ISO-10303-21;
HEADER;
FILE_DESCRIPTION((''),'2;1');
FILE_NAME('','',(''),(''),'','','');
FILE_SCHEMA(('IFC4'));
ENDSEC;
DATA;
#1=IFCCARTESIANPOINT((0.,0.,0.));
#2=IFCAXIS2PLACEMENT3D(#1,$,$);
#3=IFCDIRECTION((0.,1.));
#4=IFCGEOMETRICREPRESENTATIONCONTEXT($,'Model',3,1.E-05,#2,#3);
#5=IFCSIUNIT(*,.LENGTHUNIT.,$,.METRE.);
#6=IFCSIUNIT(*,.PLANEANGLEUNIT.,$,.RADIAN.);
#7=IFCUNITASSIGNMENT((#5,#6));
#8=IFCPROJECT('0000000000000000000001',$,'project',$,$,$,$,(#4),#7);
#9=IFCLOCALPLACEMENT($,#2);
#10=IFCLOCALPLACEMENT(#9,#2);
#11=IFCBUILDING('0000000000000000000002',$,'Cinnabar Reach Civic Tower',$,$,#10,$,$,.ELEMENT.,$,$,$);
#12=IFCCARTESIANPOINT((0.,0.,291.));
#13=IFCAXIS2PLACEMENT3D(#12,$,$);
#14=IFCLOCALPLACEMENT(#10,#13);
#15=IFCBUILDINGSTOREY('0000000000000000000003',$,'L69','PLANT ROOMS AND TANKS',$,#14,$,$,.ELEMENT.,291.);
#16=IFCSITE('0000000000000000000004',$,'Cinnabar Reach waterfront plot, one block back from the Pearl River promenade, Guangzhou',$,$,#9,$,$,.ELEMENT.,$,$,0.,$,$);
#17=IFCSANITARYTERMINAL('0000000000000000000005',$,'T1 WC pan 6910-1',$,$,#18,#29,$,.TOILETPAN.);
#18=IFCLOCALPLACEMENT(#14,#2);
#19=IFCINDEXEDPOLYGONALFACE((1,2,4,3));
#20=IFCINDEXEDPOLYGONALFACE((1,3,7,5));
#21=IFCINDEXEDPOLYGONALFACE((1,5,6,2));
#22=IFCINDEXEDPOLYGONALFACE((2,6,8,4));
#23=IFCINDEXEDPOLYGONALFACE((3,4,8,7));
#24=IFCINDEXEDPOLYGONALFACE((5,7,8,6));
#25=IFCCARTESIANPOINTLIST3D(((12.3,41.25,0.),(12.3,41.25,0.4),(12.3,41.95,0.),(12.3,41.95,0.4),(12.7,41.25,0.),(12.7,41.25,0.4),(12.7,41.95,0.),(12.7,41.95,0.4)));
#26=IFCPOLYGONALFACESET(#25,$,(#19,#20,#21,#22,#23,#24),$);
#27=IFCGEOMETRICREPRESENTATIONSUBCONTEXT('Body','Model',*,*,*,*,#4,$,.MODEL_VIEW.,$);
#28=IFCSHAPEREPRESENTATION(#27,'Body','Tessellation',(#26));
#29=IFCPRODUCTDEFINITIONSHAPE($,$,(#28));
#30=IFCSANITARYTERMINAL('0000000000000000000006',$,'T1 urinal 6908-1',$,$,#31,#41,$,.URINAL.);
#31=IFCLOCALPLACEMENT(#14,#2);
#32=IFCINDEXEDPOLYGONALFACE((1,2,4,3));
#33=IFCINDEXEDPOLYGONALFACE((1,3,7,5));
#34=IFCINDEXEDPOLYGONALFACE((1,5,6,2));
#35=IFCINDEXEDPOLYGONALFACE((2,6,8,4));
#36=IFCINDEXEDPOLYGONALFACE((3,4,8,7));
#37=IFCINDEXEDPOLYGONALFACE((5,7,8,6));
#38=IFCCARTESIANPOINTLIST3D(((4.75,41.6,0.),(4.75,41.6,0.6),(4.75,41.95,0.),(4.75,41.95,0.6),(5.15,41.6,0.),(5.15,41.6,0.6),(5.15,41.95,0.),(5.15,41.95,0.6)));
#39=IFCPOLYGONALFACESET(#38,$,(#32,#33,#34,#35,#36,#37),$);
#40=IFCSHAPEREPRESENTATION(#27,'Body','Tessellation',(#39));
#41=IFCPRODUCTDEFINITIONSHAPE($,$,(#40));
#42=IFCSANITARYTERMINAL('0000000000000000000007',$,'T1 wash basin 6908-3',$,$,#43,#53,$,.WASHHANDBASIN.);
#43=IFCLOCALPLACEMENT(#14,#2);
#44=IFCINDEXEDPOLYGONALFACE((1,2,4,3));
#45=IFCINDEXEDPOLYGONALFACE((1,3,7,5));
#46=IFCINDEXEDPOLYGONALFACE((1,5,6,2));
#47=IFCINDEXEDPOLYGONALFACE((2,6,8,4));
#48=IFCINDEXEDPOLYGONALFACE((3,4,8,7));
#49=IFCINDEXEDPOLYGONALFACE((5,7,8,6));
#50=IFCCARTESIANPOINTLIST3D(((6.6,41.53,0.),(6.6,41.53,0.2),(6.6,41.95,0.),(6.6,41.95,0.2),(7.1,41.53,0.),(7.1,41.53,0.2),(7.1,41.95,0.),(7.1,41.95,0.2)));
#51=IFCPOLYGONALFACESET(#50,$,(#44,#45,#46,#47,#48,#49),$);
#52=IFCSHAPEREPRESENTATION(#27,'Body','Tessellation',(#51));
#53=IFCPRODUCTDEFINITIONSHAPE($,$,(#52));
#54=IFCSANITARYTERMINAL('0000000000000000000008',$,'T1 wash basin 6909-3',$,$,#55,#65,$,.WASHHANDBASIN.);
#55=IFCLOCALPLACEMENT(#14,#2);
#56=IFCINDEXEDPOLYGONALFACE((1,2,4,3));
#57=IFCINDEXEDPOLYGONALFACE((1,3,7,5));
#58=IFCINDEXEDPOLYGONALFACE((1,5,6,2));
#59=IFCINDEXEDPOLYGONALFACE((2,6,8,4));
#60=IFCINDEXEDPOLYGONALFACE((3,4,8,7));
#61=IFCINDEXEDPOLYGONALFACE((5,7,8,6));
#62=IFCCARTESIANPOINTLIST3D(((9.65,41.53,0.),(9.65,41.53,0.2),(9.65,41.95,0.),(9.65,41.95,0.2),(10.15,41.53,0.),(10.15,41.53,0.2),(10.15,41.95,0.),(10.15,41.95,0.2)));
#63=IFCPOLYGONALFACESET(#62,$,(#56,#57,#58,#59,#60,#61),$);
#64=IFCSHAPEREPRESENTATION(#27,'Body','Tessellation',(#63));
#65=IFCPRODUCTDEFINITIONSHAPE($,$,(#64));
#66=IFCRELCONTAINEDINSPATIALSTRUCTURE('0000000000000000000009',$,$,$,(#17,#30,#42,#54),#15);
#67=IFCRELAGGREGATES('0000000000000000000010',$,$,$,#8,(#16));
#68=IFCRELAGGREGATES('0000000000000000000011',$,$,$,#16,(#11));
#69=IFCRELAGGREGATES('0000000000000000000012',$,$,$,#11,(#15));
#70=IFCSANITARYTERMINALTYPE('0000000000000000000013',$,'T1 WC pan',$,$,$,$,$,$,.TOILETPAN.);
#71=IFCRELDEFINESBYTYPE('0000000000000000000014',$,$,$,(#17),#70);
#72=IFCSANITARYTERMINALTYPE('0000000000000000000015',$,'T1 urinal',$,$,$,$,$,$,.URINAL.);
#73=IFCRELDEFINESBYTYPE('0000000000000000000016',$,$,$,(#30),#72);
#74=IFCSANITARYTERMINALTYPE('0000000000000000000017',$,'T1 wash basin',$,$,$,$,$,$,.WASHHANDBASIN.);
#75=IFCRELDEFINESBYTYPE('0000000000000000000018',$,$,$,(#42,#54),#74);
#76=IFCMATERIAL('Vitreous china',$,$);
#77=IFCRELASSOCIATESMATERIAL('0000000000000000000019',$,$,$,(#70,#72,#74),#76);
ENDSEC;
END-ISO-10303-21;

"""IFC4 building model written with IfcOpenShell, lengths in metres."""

from ifc_helpers import new_model, si_unit, direction, frame, origin, origin_2d, place, context, subcontext, project, spatial, rectangle, extrude, material, type_object, element, save


model = new_model("IFC4")

# Units and contexts
model_context = context("Model", 3, precision=1e-05, world=origin(), true_north=direction((0.0, 1.0)))
body_context = subcontext(model_context, "Body", "Model", "MODEL_VIEW")
ifc_project = project(units=[si_unit("LENGTHUNIT", "METRE"), si_unit("PLANEANGLEUNIT", "RADIAN")], contexts=[model_context])

# Site, building, storey
site_placement = place(None, origin())
site = spatial("IfcSite", under=ifc_project, at=site_placement, Name="Cinnabar Reach waterfront plot, one block back from the Pearl River promenade, Guangzhou", CompositionType="ELEMENT", RefElevation=0.0)
building_placement = place(site_placement, origin())
building = spatial("IfcBuilding", under=site, at=building_placement, Name="Cinnabar Reach Civic Tower", CompositionType="ELEMENT")
storey_placement = place(building_placement, frame((0.0, 0.0, 291.0)))
storey = spatial("IfcBuildingStorey", under=building, at=storey_placement, Name="L69", Description="PLANT ROOMS AND TANKS", CompositionType="ELEMENT", Elevation=291.0)

# Sanitary terminals
ifc_material_1 = material(Name="Vitreous china")
sanitary_terminal_type_1 = type_object("IfcSanitaryTerminalType", Name="T1 WC pan", PredefinedType="TOILETPAN", material=ifc_material_1)
for number, where, z_axis, x_axis, name in (
    (1, (12.5, 41.6, 0.0), (0.0, 0.0, 1.0), (1.0, 0.0, 0.0), "T1 WC pan 6910-1"),
):
    element("IfcSanitaryTerminal", number, at=place(storey_placement, frame(where, z_axis=z_axis, x_axis=x_axis)), inside=storey, type_object=sanitary_terminal_type_1, Name=name, PredefinedType="TOILETPAN", context=body_context, shape_type="SweptSolid", body=[
        extrude(rectangle(XDim=0.4, YDim=0.7, at=origin_2d()), origin(), (0.0, 0.0, 1.0), 0.4),
    ])
sanitary_terminal_type_2 = type_object("IfcSanitaryTerminalType", Name="T1 urinal", PredefinedType="URINAL", material=ifc_material_1)
sanitary_terminal_placement = place(storey_placement, frame((4.95, 41.775, 0.0), z_axis=(0.0, 0.0, 1.0), x_axis=(1.0, 0.0, 0.0)))
element("IfcSanitaryTerminal", 2, at=sanitary_terminal_placement, inside=storey, type_object=sanitary_terminal_type_2, Name="T1 urinal 6908-1", PredefinedType="URINAL", context=body_context, shape_type="SweptSolid", body=[
    extrude(rectangle(XDim=0.4, YDim=0.35, at=origin_2d()), origin(), (0.0, 0.0, 1.0), 0.6),
])
sanitary_terminal_type_3 = type_object("IfcSanitaryTerminalType", Name="T1 wash basin", PredefinedType="WASHHANDBASIN", material=ifc_material_1)
for number, where, z_axis, x_axis, name in (
    (3, (6.85, 41.74, 0.0), (0.0, 0.0, 1.0), (1.0, 0.0, 0.0), "T1 wash basin 6908-3"),
    (4, (9.9, 41.74, 0.0), (0.0, 0.0, 1.0), (1.0, 0.0, 0.0), "T1 wash basin 6909-3"),
):
    element("IfcSanitaryTerminal", number, at=place(storey_placement, frame(where, z_axis=z_axis, x_axis=x_axis)), inside=storey, type_object=sanitary_terminal_type_3, Name=name, PredefinedType="WASHHANDBASIN", context=body_context, shape_type="SweptSolid", body=[
        extrude(rectangle(XDim=0.5, YDim=0.42, at=origin_2d()), origin(), (0.0, 0.0, 1.0), 0.2),
    ])

save(model, "model.ifc")
